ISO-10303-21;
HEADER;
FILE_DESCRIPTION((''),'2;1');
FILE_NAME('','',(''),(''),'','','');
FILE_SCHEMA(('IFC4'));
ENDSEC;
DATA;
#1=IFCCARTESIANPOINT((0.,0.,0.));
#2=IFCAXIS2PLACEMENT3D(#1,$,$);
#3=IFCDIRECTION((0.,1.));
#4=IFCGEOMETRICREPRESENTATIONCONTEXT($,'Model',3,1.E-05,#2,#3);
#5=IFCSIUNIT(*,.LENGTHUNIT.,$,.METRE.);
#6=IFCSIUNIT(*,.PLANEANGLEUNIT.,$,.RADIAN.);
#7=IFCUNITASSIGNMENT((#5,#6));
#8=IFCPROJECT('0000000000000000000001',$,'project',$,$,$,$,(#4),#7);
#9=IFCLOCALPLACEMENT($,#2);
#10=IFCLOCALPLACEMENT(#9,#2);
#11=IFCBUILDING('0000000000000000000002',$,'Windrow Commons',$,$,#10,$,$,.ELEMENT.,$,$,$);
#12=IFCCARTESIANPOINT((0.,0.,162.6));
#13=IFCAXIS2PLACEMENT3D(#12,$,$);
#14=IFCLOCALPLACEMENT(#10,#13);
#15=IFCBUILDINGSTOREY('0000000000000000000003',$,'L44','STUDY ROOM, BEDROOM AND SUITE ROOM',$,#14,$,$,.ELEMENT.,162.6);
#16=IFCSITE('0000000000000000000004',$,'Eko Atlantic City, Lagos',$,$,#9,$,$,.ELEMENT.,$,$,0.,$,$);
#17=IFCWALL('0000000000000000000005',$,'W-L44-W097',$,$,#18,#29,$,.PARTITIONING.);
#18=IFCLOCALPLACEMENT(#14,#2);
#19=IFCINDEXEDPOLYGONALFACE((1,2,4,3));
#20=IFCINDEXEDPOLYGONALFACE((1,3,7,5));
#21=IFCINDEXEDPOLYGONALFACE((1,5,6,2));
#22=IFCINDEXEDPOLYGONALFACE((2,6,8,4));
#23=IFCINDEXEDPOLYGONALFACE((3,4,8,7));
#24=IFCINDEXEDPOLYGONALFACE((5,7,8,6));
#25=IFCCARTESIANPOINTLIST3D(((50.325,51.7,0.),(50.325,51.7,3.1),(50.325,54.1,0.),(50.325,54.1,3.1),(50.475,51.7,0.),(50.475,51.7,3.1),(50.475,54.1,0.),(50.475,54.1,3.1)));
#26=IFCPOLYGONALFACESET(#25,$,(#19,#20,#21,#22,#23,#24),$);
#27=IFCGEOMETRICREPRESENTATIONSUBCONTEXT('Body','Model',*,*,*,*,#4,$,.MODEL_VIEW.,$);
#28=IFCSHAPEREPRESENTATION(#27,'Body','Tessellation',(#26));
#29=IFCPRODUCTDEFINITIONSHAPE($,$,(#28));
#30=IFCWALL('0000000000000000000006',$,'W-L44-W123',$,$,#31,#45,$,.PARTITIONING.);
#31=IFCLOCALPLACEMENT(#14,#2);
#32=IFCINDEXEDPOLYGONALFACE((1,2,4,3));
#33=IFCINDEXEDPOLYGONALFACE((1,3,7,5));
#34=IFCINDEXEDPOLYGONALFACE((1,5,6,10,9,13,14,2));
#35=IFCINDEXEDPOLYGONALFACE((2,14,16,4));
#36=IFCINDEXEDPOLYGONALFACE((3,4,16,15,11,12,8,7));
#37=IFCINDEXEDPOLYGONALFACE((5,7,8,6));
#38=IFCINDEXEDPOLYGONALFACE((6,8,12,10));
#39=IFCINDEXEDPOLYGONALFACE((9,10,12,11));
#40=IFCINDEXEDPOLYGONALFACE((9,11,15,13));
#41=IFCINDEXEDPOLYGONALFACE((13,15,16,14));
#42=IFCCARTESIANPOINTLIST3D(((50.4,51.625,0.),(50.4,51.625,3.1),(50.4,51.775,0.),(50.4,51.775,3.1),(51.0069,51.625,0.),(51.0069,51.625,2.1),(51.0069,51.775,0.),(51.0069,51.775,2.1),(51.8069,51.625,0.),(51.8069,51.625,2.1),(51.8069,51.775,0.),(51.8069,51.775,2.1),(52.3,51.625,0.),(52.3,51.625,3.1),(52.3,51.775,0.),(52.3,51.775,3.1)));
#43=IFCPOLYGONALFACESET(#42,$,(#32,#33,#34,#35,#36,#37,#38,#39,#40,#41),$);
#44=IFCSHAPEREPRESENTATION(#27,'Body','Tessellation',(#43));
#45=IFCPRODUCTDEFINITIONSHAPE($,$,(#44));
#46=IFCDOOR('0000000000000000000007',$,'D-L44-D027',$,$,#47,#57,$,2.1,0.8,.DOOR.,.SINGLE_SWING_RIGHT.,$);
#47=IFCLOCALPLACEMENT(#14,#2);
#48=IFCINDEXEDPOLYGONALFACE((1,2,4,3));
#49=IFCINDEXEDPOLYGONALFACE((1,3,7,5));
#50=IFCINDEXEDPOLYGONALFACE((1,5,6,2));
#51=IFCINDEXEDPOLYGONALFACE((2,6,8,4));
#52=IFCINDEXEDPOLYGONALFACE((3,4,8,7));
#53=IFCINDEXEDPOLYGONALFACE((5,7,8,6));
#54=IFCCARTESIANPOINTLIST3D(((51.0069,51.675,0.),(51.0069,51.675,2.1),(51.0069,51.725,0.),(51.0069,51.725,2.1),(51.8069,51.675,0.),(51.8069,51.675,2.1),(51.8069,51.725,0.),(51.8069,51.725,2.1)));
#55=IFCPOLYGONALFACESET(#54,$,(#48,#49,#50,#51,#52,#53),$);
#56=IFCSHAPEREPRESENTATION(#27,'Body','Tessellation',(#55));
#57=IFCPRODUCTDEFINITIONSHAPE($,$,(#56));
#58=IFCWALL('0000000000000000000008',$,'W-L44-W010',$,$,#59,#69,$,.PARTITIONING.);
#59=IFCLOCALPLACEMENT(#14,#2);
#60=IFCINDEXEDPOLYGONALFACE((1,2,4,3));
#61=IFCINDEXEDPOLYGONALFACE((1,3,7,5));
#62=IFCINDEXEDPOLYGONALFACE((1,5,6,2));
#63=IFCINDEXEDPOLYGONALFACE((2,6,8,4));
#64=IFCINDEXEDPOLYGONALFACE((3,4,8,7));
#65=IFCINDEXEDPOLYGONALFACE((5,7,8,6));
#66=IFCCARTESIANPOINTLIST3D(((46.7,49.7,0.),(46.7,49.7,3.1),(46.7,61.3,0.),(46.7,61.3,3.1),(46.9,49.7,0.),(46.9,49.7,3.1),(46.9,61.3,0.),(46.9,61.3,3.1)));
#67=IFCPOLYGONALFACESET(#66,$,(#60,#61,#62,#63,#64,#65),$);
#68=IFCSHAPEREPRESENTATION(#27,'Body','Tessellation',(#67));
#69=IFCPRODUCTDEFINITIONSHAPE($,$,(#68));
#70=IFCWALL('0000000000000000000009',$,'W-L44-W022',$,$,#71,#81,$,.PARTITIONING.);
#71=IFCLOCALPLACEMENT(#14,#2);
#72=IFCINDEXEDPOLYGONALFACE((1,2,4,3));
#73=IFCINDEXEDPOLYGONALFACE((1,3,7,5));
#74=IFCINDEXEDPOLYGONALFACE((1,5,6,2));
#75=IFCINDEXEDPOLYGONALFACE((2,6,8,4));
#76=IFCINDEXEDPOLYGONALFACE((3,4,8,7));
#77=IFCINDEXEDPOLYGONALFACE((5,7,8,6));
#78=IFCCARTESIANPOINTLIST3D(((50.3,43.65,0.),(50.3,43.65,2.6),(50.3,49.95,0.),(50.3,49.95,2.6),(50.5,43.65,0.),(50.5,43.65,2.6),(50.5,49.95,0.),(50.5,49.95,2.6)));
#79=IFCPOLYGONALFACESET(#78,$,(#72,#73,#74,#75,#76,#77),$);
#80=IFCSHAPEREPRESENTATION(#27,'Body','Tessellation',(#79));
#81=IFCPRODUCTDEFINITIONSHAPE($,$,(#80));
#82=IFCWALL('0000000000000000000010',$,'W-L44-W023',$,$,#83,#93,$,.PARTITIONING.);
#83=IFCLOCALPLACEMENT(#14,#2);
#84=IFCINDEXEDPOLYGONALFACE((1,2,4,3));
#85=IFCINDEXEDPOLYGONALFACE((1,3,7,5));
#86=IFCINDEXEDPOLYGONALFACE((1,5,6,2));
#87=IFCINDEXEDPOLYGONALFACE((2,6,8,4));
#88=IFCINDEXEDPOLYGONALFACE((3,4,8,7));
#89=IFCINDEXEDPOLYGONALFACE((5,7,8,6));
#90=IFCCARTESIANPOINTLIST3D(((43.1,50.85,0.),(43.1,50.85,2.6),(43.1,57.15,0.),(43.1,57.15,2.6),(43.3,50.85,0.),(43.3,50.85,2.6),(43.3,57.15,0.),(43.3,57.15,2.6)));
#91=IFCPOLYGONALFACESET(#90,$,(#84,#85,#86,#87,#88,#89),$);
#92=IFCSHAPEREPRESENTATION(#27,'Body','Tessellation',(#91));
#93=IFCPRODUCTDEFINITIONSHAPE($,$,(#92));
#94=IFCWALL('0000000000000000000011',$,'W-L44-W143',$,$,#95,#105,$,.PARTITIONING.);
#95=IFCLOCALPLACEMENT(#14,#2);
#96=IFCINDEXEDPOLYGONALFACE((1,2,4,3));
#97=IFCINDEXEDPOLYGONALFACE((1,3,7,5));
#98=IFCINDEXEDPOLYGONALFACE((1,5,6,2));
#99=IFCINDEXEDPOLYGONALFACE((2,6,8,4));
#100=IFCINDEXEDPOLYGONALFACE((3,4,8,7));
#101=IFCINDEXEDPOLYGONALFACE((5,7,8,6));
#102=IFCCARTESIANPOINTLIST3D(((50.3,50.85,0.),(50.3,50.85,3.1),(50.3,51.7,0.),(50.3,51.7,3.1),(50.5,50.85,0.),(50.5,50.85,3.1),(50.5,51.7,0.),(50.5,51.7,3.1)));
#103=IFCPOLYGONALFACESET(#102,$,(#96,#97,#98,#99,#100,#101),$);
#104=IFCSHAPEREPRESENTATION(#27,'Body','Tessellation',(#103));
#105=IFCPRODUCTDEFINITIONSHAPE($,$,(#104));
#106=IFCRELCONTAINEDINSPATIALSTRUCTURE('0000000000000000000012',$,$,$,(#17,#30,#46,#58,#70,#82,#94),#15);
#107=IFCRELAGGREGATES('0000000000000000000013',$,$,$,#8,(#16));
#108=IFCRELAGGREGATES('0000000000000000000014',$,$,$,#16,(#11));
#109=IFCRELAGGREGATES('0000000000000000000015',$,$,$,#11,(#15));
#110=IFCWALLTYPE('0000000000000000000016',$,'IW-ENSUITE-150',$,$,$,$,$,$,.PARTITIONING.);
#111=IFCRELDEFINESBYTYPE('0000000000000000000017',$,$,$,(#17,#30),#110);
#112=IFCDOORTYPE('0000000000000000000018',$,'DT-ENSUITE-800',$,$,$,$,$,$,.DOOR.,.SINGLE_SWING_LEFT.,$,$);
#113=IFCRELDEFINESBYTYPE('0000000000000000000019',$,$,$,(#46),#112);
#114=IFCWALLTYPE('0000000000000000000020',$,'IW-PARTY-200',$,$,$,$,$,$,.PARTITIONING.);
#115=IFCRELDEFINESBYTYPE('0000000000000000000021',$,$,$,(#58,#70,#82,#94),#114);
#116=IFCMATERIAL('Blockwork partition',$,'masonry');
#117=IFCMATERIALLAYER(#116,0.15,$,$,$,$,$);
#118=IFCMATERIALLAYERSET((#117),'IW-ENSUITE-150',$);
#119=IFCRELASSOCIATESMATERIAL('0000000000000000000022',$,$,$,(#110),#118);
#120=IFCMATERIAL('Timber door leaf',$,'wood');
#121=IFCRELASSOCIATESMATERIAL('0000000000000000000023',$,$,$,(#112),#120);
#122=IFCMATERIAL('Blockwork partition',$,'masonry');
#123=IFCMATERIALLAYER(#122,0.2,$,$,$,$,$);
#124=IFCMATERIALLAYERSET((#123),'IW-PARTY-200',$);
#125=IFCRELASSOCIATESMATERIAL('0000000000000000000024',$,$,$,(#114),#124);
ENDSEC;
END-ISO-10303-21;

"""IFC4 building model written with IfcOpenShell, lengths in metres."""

from ifc_helpers import new_model, si_unit, direction, frame, frame_2d, origin, place, context, subcontext, project, spatial, rectangle, extrude, material, layer, layer_set, type_object, element, fill, save


model = new_model("IFC4")

# Units and contexts
model_context = context("Model", 3, precision=1e-05, world=origin(), true_north=direction((0.0, 1.0)))
body_context = subcontext(model_context, "Body", "Model", "MODEL_VIEW")
ifc_project = project(units=[si_unit("LENGTHUNIT", "METRE"), si_unit("PLANEANGLEUNIT", "RADIAN")], contexts=[model_context])

# Site, building, storey
site_placement = place(None, origin())
site = spatial("IfcSite", under=ifc_project, at=site_placement, Name="Eko Atlantic City, Lagos", CompositionType="ELEMENT", RefElevation=0.0)
building_placement = place(site_placement, origin())
building = spatial("IfcBuilding", under=site, at=building_placement, Name="Windrow Commons", CompositionType="ELEMENT")
storey_placement = place(building_placement, frame((0.0, 0.0, 162.6)))
storey = spatial("IfcBuildingStorey", under=building, at=storey_placement, Name="L44", Description="STUDY ROOM, BEDROOM AND SUITE ROOM", CompositionType="ELEMENT", Elevation=162.6)

# Wall
ifc_material_1 = material(Name="Blockwork partition", Category="masonry")
ifc_layer_1 = layer(ifc_material_1, 0.15)
ifc_layer_set_1 = layer_set([ifc_layer_1], Name="IW-ENSUITE-150")
wall_type_1 = type_object("IfcWallType", Name="IW-ENSUITE-150", PredefinedType="PARTITIONING", material=ifc_layer_set_1)
wall_1_placement = place(storey_placement, frame((50.4, 51.7, 0.0), z_axis=(0.0, 0.0, 1.0), x_axis=(0.0, 1.0, 0.0)))
element("IfcWall", 1, at=wall_1_placement, inside=storey, type_object=wall_type_1, Name="W-L44-W097", PredefinedType="PARTITIONING", context=body_context, shape_type="SweptSolid", body=[
    extrude(rectangle(XDim=2.4, YDim=0.15, at=frame_2d((1.2, 0.0))), origin(), (0.0, 0.0, 1.0), 3.1),
])

# Wall, opening, door
wall_2_placement = place(storey_placement, frame((50.4, 51.7, 0.0), z_axis=(0.0, 0.0, 1.0), x_axis=(1.0, 0.0, 0.0)))
wall_2 = element("IfcWall", 2, at=wall_2_placement, inside=storey, type_object=wall_type_1, Name="W-L44-W123", PredefinedType="PARTITIONING", context=body_context, shape_type="SweptSolid", body=[
    extrude(rectangle(XDim=1.9, YDim=0.15, at=frame_2d((0.95, 0.0))), origin(), (0.0, 0.0, 1.0), 3.1),
])
opening_1_placement = place(wall_2_placement, frame((0.6069, 0.0, 0.0)))
opening_1 = element("IfcOpeningElement", 3, at=opening_1_placement, cuts=wall_2, PredefinedType="OPENING", context=body_context, shape_type="SweptSolid", body=[
    extrude(rectangle(XDim=0.8, YDim=2.1, at=frame_2d((0.4, 1.05))), frame((0.0, 0.085, 0.0), z_axis=(0.0, -1.0, 0.0), x_axis=(1.0, 0.0, 0.0)), (0.0, 0.0, 1.0), 0.17),
])
ifc_material_2 = material(Name="Timber door leaf", Category="wood")
door_type = type_object("IfcDoorType", Name="DT-ENSUITE-800", OperationType="SINGLE_SWING_LEFT", PredefinedType="DOOR", material=ifc_material_2)
door_placement = place(opening_1_placement, origin())
door = element("IfcDoor", 4, at=door_placement, inside=storey, type_object=door_type, Name="D-L44-D027", OperationType="SINGLE_SWING_RIGHT", OverallHeight=2.1, OverallWidth=0.8, PredefinedType="DOOR", context=body_context, shape_type="SweptSolid", body=[
    extrude(rectangle(XDim=0.8, YDim=2.1, at=frame_2d((0.4, 1.05))), frame((0.0, 0.025, 0.0), z_axis=(0.0, -1.0, 0.0), x_axis=(1.0, 0.0, 0.0)), (0.0, 0.0, 1.0), 0.05),
])
fill(opening_1, door)

# Walls
ifc_material_3 = material(Name="Blockwork partition", Category="masonry")
ifc_layer_2 = layer(ifc_material_3, 0.2)
ifc_layer_set_2 = layer_set([ifc_layer_2], Name="IW-PARTY-200")
wall_type_2 = type_object("IfcWallType", Name="IW-PARTY-200", PredefinedType="PARTITIONING", material=ifc_layer_set_2)
wall_3_placement = place(storey_placement, frame((46.8, 49.7, 0.0), z_axis=(0.0, 0.0, 1.0), x_axis=(0.0, 1.0, 0.0)))
element("IfcWall", 5, at=wall_3_placement, inside=storey, type_object=wall_type_2, Name="W-L44-W010", PredefinedType="PARTITIONING", context=body_context, shape_type="SweptSolid", body=[
    extrude(rectangle(XDim=11.6, YDim=0.2, at=frame_2d((5.8, 0.0))), origin(), (0.0, 0.0, 1.0), 3.1),
])
for number, where, z_axis, x_axis, name in (
    (6, (50.4, 43.65, 0.0), (0.0, 0.0, 1.0), (0.0, 1.0, 0.0), "W-L44-W022"),
    (7, (43.2, 50.85, 0.0), (0.0, 0.0, 1.0), (0.0, 1.0, 0.0), "W-L44-W023"),
):
    element("IfcWall", number, at=place(storey_placement, frame(where, z_axis=z_axis, x_axis=x_axis)), inside=storey, type_object=wall_type_2, Name=name, PredefinedType="PARTITIONING", context=body_context, shape_type="SweptSolid", body=[
        extrude(rectangle(XDim=6.3, YDim=0.2, at=frame_2d((3.15, 0.0))), origin(), (0.0, 0.0, 1.0), 2.6),
    ])
wall_4_placement = place(storey_placement, frame((50.4, 50.85, 0.0), z_axis=(0.0, 0.0, 1.0), x_axis=(0.0, 1.0, 0.0)))
element("IfcWall", 8, at=wall_4_placement, inside=storey, type_object=wall_type_2, Name="W-L44-W143", PredefinedType="PARTITIONING", context=body_context, shape_type="SweptSolid", body=[
    extrude(rectangle(XDim=0.85, YDim=0.2, at=frame_2d((0.425, 0.0))), origin(), (0.0, 0.0, 1.0), 3.1),
])

save(model, "model.ifc")
